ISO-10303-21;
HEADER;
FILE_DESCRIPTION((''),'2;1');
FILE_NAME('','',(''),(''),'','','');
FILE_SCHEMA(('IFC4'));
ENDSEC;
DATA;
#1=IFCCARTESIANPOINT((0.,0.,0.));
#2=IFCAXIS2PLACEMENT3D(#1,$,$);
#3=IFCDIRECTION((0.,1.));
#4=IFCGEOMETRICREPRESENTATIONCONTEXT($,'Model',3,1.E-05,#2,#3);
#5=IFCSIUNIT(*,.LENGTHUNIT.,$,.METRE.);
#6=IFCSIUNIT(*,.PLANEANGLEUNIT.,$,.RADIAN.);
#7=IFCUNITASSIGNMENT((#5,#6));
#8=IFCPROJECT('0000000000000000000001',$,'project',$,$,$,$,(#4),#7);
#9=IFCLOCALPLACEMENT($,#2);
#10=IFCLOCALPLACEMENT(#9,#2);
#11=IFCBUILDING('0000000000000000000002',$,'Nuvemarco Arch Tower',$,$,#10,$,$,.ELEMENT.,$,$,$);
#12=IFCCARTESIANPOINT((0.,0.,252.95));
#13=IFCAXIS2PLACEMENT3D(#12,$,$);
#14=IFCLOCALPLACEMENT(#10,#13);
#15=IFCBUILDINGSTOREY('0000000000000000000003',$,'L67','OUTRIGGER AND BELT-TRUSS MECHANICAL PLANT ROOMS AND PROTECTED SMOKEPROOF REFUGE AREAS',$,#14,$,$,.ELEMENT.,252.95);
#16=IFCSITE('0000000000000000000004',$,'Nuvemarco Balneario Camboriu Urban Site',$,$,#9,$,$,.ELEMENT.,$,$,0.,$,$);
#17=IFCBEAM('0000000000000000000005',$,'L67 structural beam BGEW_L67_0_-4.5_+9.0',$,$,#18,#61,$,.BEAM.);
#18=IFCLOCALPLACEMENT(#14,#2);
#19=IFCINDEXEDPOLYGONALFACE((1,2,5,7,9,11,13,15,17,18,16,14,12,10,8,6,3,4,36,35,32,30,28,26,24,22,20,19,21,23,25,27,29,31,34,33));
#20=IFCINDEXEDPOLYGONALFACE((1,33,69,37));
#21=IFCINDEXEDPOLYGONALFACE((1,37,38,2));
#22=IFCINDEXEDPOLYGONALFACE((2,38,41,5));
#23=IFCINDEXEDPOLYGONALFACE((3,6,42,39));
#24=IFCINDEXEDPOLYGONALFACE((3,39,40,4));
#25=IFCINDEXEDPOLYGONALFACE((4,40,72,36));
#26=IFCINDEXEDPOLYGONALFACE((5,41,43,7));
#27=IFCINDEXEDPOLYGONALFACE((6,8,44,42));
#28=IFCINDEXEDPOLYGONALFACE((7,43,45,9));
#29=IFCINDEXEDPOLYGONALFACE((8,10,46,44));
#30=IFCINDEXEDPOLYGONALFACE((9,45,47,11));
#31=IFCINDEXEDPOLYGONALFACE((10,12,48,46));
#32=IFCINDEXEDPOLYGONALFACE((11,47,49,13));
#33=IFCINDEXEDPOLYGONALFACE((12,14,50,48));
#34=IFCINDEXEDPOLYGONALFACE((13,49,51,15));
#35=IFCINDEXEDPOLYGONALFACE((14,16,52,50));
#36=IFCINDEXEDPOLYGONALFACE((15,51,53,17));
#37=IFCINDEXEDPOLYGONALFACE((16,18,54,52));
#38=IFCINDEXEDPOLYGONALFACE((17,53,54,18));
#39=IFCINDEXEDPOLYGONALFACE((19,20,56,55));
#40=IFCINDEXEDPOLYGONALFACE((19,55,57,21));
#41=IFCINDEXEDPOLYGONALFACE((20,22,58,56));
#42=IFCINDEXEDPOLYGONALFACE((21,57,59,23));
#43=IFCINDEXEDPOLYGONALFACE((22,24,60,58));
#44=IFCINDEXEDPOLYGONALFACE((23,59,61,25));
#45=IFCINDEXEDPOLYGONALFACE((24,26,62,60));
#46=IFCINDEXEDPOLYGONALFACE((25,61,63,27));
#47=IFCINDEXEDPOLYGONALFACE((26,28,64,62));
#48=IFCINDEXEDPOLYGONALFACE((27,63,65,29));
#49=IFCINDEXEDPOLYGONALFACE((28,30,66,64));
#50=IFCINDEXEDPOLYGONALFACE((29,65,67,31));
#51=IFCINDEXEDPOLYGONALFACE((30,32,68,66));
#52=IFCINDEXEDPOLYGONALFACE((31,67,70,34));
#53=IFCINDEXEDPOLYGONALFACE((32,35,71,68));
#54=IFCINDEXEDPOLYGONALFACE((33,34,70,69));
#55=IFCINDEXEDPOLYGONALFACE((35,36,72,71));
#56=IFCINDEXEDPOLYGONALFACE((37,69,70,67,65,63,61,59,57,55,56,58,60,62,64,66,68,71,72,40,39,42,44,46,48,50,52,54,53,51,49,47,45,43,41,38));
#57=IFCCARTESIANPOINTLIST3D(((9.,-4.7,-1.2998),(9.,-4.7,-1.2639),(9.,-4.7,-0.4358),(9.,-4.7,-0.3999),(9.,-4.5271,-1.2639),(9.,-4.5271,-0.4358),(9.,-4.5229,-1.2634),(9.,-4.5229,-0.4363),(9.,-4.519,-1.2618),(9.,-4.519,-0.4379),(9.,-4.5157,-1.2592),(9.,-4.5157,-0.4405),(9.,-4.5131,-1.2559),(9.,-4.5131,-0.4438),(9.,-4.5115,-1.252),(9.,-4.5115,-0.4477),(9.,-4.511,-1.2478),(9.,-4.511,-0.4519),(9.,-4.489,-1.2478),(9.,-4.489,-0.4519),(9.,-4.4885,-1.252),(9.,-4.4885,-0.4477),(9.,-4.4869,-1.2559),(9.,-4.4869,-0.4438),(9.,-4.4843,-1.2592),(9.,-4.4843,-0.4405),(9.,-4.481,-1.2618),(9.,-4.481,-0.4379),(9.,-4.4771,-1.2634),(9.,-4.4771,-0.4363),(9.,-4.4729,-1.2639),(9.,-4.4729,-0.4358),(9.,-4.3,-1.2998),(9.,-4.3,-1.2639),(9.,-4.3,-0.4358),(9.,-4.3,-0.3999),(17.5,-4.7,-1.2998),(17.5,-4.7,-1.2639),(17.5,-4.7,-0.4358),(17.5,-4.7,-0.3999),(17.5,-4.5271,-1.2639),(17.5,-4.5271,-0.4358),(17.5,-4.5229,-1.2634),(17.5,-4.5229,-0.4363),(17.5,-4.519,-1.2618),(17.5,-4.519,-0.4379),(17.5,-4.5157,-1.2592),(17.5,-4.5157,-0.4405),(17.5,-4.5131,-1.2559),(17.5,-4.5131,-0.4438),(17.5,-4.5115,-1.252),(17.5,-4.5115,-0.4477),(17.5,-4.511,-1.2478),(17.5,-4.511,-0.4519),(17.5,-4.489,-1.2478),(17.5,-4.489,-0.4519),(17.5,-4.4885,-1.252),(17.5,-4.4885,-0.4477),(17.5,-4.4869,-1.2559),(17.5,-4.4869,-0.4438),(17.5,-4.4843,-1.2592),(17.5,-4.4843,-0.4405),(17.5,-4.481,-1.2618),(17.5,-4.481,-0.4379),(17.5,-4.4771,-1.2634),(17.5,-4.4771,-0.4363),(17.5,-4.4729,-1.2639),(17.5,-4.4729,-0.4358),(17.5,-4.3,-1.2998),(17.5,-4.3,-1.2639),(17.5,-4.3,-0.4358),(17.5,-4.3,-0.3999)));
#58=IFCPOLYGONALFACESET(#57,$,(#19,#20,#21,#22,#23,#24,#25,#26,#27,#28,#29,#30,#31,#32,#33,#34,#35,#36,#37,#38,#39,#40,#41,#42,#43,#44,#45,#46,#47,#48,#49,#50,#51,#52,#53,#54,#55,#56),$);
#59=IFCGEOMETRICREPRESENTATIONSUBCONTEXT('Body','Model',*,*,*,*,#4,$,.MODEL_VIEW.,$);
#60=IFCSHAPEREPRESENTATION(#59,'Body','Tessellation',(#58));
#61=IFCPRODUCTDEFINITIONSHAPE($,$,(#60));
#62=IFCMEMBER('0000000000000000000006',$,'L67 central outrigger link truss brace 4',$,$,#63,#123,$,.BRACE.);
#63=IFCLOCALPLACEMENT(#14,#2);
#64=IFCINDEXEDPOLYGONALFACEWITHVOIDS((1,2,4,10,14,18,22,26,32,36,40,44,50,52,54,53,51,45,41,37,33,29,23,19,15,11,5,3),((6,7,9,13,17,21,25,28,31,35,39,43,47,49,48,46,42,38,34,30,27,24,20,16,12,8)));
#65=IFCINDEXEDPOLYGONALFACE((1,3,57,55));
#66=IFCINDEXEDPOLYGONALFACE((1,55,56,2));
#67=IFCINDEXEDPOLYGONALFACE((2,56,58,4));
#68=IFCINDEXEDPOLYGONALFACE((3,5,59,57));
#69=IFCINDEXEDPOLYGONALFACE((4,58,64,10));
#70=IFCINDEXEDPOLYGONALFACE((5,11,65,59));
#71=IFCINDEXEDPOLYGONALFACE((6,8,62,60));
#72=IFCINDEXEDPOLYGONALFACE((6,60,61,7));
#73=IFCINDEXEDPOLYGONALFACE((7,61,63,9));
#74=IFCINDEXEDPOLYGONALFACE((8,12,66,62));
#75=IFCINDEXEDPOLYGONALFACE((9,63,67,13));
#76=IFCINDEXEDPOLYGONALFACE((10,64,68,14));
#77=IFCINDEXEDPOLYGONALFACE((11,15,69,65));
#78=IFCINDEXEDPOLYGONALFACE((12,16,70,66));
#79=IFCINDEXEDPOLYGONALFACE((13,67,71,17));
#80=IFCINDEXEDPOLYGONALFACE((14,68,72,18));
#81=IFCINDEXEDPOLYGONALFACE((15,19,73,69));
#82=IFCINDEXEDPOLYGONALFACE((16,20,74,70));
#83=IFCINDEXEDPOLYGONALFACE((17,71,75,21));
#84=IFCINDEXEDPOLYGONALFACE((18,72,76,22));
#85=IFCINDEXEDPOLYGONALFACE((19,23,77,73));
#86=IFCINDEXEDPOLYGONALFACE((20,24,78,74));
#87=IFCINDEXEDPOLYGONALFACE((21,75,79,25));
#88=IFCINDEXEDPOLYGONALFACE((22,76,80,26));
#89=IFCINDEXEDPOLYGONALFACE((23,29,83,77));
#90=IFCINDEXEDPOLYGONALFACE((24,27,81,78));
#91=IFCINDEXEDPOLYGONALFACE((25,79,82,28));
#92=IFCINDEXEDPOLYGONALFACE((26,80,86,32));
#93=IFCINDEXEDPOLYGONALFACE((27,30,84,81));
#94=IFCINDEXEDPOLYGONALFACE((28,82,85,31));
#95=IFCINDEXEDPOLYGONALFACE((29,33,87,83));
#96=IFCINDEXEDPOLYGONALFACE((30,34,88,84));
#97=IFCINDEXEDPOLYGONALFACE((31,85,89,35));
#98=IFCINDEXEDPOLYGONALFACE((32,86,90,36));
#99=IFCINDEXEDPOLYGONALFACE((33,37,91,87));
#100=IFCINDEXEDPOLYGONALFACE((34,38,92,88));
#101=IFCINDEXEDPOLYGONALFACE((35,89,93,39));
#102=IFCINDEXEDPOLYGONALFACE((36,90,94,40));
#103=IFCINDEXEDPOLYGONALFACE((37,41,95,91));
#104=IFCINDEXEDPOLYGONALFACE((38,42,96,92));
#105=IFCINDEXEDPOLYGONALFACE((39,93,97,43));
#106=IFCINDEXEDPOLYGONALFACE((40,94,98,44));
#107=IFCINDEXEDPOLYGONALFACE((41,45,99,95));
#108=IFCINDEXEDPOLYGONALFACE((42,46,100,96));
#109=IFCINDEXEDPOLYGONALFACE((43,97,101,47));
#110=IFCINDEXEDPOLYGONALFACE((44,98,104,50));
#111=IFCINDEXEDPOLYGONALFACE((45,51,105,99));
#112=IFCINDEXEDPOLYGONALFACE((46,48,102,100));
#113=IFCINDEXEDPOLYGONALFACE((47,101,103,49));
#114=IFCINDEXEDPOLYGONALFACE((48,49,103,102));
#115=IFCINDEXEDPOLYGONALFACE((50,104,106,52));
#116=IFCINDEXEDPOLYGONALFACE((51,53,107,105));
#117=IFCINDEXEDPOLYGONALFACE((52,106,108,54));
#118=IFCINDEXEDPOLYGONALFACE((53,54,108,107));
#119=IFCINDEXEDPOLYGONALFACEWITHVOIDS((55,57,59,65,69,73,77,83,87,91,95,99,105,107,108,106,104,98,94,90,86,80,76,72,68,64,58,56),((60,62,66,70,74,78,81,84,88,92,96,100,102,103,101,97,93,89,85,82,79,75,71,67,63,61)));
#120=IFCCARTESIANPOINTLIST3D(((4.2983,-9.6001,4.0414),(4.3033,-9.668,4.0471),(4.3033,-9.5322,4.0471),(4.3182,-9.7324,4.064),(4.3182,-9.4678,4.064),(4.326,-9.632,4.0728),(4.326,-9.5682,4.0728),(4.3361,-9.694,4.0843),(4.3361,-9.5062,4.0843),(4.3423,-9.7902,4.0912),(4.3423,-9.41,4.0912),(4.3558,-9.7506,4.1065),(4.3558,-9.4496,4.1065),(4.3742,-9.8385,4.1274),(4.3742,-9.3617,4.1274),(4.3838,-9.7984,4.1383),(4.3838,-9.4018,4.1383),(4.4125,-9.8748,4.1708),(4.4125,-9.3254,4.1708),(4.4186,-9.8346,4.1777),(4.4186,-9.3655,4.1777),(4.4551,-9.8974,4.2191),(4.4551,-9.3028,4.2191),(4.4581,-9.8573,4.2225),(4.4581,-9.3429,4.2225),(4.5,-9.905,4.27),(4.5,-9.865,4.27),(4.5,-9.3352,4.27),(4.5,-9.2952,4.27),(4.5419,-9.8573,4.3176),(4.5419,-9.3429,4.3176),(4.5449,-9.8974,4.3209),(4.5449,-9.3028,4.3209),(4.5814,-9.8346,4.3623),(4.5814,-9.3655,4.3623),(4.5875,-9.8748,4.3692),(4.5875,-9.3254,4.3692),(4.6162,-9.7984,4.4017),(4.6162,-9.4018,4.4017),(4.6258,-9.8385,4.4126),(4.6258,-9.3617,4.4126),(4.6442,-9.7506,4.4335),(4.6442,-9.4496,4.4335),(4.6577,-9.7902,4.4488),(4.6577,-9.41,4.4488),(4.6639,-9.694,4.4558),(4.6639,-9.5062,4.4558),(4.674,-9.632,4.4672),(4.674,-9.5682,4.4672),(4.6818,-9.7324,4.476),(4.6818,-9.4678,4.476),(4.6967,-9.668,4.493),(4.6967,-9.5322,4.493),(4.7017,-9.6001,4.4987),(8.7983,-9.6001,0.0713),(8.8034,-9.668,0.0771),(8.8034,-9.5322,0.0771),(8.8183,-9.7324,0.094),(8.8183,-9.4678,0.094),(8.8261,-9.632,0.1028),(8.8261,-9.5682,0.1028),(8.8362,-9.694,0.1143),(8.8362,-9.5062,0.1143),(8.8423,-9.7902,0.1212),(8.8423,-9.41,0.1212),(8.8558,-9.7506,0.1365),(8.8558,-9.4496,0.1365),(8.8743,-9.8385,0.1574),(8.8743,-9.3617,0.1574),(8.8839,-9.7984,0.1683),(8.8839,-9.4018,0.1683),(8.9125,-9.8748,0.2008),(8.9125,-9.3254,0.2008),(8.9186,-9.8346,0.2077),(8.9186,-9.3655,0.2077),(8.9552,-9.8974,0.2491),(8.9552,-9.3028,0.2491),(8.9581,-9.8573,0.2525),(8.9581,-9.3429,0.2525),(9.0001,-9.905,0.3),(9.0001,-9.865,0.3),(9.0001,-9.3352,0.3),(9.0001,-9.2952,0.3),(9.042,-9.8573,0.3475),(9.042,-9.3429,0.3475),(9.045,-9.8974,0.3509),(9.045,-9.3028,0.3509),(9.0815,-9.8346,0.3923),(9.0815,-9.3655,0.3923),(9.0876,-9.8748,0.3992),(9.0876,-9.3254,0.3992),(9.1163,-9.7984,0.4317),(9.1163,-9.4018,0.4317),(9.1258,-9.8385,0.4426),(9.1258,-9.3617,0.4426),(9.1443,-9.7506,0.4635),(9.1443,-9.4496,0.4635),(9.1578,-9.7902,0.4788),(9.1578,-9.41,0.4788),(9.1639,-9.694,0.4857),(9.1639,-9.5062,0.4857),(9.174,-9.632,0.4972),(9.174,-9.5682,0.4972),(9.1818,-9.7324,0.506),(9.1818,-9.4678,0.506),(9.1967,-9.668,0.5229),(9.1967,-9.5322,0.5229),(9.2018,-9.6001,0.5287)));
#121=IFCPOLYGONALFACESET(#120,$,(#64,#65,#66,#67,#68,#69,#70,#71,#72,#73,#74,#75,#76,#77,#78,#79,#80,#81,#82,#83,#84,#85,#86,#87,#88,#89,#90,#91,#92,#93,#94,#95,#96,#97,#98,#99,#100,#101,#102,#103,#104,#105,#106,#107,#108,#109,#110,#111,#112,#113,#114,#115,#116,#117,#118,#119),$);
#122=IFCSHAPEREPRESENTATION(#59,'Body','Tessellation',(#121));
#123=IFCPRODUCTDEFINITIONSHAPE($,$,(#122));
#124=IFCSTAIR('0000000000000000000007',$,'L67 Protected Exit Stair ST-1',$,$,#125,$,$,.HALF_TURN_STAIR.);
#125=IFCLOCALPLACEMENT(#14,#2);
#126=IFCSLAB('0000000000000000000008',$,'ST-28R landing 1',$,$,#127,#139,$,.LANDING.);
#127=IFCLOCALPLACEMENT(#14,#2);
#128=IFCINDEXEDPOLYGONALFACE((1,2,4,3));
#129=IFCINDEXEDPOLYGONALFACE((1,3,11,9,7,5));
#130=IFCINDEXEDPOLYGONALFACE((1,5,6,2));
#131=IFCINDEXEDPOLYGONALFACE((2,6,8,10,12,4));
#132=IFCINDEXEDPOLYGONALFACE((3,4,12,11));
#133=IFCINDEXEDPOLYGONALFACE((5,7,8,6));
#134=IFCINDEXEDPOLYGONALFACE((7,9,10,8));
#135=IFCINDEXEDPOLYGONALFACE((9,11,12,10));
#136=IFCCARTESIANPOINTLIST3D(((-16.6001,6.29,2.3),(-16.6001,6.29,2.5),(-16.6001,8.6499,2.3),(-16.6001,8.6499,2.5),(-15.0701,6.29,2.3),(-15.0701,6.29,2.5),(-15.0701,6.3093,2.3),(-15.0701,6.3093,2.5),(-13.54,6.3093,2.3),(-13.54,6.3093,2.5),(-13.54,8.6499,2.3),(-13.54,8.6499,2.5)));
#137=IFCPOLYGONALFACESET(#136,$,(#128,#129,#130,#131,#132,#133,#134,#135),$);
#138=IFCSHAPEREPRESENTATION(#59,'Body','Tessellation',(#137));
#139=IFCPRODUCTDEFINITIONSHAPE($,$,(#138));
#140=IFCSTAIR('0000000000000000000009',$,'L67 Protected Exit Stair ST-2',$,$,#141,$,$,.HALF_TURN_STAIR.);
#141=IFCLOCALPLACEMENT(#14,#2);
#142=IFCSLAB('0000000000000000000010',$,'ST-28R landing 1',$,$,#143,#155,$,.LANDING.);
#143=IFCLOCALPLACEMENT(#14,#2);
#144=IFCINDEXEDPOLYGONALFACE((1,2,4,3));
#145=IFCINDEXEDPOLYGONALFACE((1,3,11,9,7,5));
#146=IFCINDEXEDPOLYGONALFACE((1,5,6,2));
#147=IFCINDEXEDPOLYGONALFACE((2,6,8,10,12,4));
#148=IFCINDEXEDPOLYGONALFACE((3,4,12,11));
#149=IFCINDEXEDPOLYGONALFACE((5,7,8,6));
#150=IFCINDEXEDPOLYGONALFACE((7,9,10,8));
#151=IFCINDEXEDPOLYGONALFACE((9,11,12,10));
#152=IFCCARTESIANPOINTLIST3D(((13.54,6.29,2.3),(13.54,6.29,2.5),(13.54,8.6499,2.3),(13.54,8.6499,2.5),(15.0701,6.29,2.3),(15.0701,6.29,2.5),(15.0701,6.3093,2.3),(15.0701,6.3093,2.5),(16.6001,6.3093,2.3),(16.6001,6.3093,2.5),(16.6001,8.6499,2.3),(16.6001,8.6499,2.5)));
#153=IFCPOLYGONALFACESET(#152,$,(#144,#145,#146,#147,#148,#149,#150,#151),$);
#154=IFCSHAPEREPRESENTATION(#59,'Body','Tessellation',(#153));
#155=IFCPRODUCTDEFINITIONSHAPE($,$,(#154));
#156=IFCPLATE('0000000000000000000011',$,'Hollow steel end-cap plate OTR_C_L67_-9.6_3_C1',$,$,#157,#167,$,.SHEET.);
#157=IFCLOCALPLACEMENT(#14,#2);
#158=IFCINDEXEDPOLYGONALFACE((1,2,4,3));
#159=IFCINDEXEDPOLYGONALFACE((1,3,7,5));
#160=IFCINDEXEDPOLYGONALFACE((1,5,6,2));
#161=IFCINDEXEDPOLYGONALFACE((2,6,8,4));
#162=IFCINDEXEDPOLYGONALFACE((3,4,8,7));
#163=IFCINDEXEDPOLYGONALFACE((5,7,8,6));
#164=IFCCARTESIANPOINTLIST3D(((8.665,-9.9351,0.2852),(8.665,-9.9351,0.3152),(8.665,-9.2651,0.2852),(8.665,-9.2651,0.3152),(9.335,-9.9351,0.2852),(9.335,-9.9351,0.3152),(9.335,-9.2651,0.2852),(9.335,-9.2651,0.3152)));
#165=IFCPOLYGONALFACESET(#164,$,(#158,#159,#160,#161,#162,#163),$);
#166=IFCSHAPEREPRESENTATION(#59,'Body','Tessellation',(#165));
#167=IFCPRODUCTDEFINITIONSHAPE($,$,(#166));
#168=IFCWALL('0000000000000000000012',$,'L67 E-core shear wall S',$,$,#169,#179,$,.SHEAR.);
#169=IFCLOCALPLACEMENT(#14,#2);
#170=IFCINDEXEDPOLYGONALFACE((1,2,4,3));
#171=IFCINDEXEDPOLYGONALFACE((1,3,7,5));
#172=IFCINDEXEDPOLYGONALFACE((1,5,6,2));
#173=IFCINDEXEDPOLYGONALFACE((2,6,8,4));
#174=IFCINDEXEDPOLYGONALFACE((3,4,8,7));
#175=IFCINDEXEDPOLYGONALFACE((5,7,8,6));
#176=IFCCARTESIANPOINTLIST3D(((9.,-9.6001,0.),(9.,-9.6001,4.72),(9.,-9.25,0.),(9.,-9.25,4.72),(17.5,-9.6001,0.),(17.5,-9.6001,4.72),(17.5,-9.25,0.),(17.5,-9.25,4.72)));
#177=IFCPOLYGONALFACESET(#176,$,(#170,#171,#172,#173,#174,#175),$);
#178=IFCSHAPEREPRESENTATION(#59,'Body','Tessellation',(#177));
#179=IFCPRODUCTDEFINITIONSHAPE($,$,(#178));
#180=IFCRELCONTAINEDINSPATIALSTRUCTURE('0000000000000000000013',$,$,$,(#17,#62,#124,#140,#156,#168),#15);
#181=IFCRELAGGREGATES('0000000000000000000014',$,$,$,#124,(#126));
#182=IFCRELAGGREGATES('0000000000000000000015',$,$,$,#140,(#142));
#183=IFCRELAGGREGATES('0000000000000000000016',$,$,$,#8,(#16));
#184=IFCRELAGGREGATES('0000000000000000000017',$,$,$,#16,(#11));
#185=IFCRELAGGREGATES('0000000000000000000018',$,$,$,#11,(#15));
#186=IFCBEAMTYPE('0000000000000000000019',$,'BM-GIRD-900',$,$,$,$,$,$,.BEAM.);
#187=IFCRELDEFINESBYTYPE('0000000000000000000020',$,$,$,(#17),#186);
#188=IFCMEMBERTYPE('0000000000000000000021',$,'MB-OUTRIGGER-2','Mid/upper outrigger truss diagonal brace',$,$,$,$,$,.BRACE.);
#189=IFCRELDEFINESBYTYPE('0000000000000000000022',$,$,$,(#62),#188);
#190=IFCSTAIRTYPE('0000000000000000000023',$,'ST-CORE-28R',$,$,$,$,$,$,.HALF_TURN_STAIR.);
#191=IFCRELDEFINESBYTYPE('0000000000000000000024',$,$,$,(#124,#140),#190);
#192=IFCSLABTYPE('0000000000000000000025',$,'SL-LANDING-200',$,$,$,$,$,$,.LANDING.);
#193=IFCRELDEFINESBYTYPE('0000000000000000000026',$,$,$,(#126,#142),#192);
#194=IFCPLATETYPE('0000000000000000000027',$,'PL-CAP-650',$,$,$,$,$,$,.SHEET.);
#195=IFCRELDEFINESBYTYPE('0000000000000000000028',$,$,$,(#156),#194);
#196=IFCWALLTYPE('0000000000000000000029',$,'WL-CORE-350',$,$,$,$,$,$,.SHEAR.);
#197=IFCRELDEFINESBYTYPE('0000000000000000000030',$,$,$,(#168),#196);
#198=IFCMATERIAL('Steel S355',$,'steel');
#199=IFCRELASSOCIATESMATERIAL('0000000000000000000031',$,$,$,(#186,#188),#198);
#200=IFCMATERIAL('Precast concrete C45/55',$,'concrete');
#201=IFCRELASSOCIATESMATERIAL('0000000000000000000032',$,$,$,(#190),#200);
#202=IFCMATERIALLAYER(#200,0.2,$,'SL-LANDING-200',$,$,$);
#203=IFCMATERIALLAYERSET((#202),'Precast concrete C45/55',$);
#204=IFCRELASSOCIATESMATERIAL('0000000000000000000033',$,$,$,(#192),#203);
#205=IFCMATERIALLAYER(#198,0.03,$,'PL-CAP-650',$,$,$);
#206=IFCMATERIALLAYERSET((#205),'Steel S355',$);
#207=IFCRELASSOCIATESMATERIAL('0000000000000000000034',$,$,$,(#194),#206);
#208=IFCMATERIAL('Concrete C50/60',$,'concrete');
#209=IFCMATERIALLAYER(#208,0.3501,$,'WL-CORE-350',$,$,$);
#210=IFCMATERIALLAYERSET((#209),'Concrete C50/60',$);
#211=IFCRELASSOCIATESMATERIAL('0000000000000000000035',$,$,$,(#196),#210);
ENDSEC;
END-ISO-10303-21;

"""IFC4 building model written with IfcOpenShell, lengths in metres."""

from ifc_helpers import new_model, si_unit, direction, frame, frame_2d, origin, origin_2d, place, context, subcontext, project, spatial, polyline, rectangle, hollow_circle, i_section, outline, extrude, source, transform, mapped, material, layer, layer_set, material_profile, profile_set, type_object, type_shapes, element, aggregate, save


model = new_model("IFC4")

# Units and contexts
model_context = context("Model", 3, precision=1e-05, world=origin(), true_north=direction((0.0, 1.0)))
body_context = subcontext(model_context, "Body", "Model", "MODEL_VIEW")
ifc_project = project(units=[si_unit("LENGTHUNIT", "METRE"), si_unit("PLANEANGLEUNIT", "RADIAN")], contexts=[model_context])

# Site, building, storey
site_placement = place(None, origin())
site = spatial("IfcSite", under=ifc_project, at=site_placement, Name="Nuvemarco Balneario Camboriu Urban Site", CompositionType="ELEMENT", RefElevation=0.0)
building_placement = place(site_placement, origin())
building = spatial("IfcBuilding", under=site, at=building_placement, Name="Nuvemarco Arch Tower", CompositionType="ELEMENT")
storey_placement = place(building_placement, frame((0.0, 0.0, 252.95)))
storey = spatial("IfcBuildingStorey", under=building, at=storey_placement, Name="L67", Description="OUTRIGGER AND BELT-TRUSS MECHANICAL PLANT ROOMS AND PROTECTED SMOKEPROOF REFUGE AREAS", CompositionType="ELEMENT", Elevation=252.95)

# Shared definitions
ifc_material_1 = material(Name="Concrete C50/60", Category="concrete")

# Beam
ifc_material_2 = material(Name="Steel S355", Category="steel")
ifc_material_profile_1 = material_profile(ifc_material_2, i_section(OverallWidth=0.3999, OverallDepth=0.8999, WebThickness=0.022, FlangeThickness=0.0359, FilletRadius=0.0161, at=origin_2d()), Name="PG900x400")
ifc_profile_set_1 = profile_set([ifc_material_profile_1], Name="Steel S355")
beam_type = type_object("IfcBeamType", Name="BM-GIRD-900", PredefinedType="BEAM", material=ifc_profile_set_1)
for number, where, z_axis, x_axis, name in (
    (1, (9.0, -4.5, -0.8499), (1.0, 0.0, 0.0), (0.0, 1.0, 0.0), "L67 structural beam BGEW_L67_0_-4.5_+9.0"),
):
    element("IfcBeam", number, at=place(storey_placement, frame(where, z_axis=z_axis, x_axis=x_axis)), inside=storey, type_object=beam_type, Name=name, PredefinedType="BEAM", context=body_context, shape_type="SweptSolid", body=[
        extrude(i_section(OverallWidth=0.3999, OverallDepth=0.8999, WebThickness=0.022, FlangeThickness=0.0359, FilletRadius=0.0161, at=origin_2d()), origin(), (0.0, 0.0, 1.0), 8.5),
    ])

# Member
ifc_material_profile_2 = material_profile(ifc_material_2, hollow_circle(Radius=0.3049, WallThickness=0.04, at=origin_2d()), Name="CHS610x40")
ifc_profile_set_2 = profile_set([ifc_material_profile_2], Name="Steel S355")
member_type = type_object("IfcMemberType", Name="MB-OUTRIGGER-2", Description="Mid/upper outrigger truss diagonal brace", PredefinedType="BRACE", material=ifc_profile_set_2)
member_placement = place(storey_placement, frame((4.5, -9.6001, 4.27), z_axis=(0.749889, 0.0, -0.661564), x_axis=(0.0, 1.0, 0.0)))
element("IfcMember", 2, at=member_placement, inside=storey, type_object=member_type, Name="L67 central outrigger link truss brace 4", PredefinedType="BRACE", context=body_context, shape_type="SweptSolid", body=[
    extrude(hollow_circle(Radius=0.3049, WallThickness=0.04, at=origin_2d()), origin(), (0.0, 0.0, 1.0), 6.001),
])

# Stairs, slabs
ifc_material_3 = material(Name="Precast concrete C45/55", Category="concrete")
stair_type = type_object("IfcStairType", Name="ST-CORE-28R", PredefinedType="HALF_TURN_STAIR", material=ifc_material_3)
stair_1_placement = place(storey_placement, origin())
stair_1 = element("IfcStair", 3, at=stair_1_placement, inside=storey, type_object=stair_type, Name="L67 Protected Exit Stair ST-1", PredefinedType="HALF_TURN_STAIR")
ifc_layer_1 = layer(ifc_material_3, 0.2, Name="SL-LANDING-200")
ifc_layer_set_1 = layer_set([ifc_layer_1], Name="Precast concrete C45/55")
slab_type = type_object("IfcSlabType", Name="SL-LANDING-200", PredefinedType="LANDING", material=ifc_layer_set_1)
slab_1_placement = place(storey_placement, frame((0.0, 0.0, 2.3)))
slab_1 = element("IfcSlab", 4, at=slab_1_placement, type_object=slab_type, Name="ST-28R landing 1", PredefinedType="LANDING", context=body_context, shape_type="SweptSolid", body=[
    extrude(outline(polyline([(-13.54, 6.3093), (-13.54, 8.6499), (-16.6001, 8.6499), (-16.6001, 6.29), (-15.0701, 6.29), (-15.0701, 6.3093), (-13.54, 6.3093)])), origin(), (0.0, 0.0, 1.0), 0.2),
])
aggregate(stair_1, [slab_1])
stair_2_placement = place(storey_placement, origin())
stair_2 = element("IfcStair", 5, at=stair_2_placement, inside=storey, type_object=stair_type, Name="L67 Protected Exit Stair ST-2", PredefinedType="HALF_TURN_STAIR")
slab_2_placement = place(storey_placement, frame((0.0, 0.0, 2.3)))
slab_2 = element("IfcSlab", 6, at=slab_2_placement, type_object=slab_type, Name="ST-28R landing 1", PredefinedType="LANDING", context=body_context, shape_type="SweptSolid", body=[
    extrude(outline(polyline([(16.6001, 6.3093), (16.6001, 8.6499), (13.54, 8.6499), (13.54, 6.29), (15.0701, 6.29), (15.0701, 6.3093), (16.6001, 6.3093)])), origin(), (0.0, 0.0, 1.0), 0.2),
])
aggregate(stair_2, [slab_2])

# Plate
ifc_layer_2 = layer(ifc_material_2, 0.03, Name="PL-CAP-650")
ifc_layer_set_2 = layer_set([ifc_layer_2], Name="Steel S355")
plate_type = type_object("IfcPlateType", Name="PL-CAP-650", PredefinedType="SHEET", material=ifc_layer_set_2)
shared_shape_1 = source(origin(), body_context, "Body", "SweptSolid", [
    extrude(rectangle(XDim=0.6699, YDim=0.6699, at=origin_2d()), origin(), (0.0, 0.0, 1.0), 0.03),
])
type_shapes(plate_type, [shared_shape_1])
plate_placement = place(storey_placement, frame((9.0, -9.6001, 0.2852), z_axis=(0.0, 0.0, 1.0), x_axis=(1.0, 0.0, 0.0)))
element("IfcPlate", 7, at=plate_placement, inside=storey, type_object=plate_type, Name="Hollow steel end-cap plate OTR_C_L67_-9.6_3_C1", PredefinedType="SHEET", context=body_context, shape_type="MappedRepresentation", body=[
    mapped(shared_shape_1, transform((0.0, 0.0, 0.0), scale=1.0)),
])

# Wall
ifc_layer_3 = layer(ifc_material_1, 0.3501, Name="WL-CORE-350")
ifc_layer_set_3 = layer_set([ifc_layer_3], Name="Concrete C50/60")
wall_type_1 = type_object("IfcWallType", Name="WL-CORE-350", PredefinedType="SHEAR", material=ifc_layer_set_3)
wall_1_placement = place(storey_placement, frame((9.0, -9.425, 0.0), z_axis=(0.0, 0.0, 1.0), x_axis=(1.0, 0.0, 0.0)))
element("IfcWall", 8, at=wall_1_placement, inside=storey, type_object=wall_type_1, Name="L67 E-core shear wall S", PredefinedType="SHEAR", context=body_context, shape_type="SweptSolid", body=[
    extrude(rectangle(XDim=8.5, YDim=0.3501, at=frame_2d((4.25, 0.0))), origin(), (0.0, 0.0, 1.0), 4.72),
])

save(model, "model.ifc")
